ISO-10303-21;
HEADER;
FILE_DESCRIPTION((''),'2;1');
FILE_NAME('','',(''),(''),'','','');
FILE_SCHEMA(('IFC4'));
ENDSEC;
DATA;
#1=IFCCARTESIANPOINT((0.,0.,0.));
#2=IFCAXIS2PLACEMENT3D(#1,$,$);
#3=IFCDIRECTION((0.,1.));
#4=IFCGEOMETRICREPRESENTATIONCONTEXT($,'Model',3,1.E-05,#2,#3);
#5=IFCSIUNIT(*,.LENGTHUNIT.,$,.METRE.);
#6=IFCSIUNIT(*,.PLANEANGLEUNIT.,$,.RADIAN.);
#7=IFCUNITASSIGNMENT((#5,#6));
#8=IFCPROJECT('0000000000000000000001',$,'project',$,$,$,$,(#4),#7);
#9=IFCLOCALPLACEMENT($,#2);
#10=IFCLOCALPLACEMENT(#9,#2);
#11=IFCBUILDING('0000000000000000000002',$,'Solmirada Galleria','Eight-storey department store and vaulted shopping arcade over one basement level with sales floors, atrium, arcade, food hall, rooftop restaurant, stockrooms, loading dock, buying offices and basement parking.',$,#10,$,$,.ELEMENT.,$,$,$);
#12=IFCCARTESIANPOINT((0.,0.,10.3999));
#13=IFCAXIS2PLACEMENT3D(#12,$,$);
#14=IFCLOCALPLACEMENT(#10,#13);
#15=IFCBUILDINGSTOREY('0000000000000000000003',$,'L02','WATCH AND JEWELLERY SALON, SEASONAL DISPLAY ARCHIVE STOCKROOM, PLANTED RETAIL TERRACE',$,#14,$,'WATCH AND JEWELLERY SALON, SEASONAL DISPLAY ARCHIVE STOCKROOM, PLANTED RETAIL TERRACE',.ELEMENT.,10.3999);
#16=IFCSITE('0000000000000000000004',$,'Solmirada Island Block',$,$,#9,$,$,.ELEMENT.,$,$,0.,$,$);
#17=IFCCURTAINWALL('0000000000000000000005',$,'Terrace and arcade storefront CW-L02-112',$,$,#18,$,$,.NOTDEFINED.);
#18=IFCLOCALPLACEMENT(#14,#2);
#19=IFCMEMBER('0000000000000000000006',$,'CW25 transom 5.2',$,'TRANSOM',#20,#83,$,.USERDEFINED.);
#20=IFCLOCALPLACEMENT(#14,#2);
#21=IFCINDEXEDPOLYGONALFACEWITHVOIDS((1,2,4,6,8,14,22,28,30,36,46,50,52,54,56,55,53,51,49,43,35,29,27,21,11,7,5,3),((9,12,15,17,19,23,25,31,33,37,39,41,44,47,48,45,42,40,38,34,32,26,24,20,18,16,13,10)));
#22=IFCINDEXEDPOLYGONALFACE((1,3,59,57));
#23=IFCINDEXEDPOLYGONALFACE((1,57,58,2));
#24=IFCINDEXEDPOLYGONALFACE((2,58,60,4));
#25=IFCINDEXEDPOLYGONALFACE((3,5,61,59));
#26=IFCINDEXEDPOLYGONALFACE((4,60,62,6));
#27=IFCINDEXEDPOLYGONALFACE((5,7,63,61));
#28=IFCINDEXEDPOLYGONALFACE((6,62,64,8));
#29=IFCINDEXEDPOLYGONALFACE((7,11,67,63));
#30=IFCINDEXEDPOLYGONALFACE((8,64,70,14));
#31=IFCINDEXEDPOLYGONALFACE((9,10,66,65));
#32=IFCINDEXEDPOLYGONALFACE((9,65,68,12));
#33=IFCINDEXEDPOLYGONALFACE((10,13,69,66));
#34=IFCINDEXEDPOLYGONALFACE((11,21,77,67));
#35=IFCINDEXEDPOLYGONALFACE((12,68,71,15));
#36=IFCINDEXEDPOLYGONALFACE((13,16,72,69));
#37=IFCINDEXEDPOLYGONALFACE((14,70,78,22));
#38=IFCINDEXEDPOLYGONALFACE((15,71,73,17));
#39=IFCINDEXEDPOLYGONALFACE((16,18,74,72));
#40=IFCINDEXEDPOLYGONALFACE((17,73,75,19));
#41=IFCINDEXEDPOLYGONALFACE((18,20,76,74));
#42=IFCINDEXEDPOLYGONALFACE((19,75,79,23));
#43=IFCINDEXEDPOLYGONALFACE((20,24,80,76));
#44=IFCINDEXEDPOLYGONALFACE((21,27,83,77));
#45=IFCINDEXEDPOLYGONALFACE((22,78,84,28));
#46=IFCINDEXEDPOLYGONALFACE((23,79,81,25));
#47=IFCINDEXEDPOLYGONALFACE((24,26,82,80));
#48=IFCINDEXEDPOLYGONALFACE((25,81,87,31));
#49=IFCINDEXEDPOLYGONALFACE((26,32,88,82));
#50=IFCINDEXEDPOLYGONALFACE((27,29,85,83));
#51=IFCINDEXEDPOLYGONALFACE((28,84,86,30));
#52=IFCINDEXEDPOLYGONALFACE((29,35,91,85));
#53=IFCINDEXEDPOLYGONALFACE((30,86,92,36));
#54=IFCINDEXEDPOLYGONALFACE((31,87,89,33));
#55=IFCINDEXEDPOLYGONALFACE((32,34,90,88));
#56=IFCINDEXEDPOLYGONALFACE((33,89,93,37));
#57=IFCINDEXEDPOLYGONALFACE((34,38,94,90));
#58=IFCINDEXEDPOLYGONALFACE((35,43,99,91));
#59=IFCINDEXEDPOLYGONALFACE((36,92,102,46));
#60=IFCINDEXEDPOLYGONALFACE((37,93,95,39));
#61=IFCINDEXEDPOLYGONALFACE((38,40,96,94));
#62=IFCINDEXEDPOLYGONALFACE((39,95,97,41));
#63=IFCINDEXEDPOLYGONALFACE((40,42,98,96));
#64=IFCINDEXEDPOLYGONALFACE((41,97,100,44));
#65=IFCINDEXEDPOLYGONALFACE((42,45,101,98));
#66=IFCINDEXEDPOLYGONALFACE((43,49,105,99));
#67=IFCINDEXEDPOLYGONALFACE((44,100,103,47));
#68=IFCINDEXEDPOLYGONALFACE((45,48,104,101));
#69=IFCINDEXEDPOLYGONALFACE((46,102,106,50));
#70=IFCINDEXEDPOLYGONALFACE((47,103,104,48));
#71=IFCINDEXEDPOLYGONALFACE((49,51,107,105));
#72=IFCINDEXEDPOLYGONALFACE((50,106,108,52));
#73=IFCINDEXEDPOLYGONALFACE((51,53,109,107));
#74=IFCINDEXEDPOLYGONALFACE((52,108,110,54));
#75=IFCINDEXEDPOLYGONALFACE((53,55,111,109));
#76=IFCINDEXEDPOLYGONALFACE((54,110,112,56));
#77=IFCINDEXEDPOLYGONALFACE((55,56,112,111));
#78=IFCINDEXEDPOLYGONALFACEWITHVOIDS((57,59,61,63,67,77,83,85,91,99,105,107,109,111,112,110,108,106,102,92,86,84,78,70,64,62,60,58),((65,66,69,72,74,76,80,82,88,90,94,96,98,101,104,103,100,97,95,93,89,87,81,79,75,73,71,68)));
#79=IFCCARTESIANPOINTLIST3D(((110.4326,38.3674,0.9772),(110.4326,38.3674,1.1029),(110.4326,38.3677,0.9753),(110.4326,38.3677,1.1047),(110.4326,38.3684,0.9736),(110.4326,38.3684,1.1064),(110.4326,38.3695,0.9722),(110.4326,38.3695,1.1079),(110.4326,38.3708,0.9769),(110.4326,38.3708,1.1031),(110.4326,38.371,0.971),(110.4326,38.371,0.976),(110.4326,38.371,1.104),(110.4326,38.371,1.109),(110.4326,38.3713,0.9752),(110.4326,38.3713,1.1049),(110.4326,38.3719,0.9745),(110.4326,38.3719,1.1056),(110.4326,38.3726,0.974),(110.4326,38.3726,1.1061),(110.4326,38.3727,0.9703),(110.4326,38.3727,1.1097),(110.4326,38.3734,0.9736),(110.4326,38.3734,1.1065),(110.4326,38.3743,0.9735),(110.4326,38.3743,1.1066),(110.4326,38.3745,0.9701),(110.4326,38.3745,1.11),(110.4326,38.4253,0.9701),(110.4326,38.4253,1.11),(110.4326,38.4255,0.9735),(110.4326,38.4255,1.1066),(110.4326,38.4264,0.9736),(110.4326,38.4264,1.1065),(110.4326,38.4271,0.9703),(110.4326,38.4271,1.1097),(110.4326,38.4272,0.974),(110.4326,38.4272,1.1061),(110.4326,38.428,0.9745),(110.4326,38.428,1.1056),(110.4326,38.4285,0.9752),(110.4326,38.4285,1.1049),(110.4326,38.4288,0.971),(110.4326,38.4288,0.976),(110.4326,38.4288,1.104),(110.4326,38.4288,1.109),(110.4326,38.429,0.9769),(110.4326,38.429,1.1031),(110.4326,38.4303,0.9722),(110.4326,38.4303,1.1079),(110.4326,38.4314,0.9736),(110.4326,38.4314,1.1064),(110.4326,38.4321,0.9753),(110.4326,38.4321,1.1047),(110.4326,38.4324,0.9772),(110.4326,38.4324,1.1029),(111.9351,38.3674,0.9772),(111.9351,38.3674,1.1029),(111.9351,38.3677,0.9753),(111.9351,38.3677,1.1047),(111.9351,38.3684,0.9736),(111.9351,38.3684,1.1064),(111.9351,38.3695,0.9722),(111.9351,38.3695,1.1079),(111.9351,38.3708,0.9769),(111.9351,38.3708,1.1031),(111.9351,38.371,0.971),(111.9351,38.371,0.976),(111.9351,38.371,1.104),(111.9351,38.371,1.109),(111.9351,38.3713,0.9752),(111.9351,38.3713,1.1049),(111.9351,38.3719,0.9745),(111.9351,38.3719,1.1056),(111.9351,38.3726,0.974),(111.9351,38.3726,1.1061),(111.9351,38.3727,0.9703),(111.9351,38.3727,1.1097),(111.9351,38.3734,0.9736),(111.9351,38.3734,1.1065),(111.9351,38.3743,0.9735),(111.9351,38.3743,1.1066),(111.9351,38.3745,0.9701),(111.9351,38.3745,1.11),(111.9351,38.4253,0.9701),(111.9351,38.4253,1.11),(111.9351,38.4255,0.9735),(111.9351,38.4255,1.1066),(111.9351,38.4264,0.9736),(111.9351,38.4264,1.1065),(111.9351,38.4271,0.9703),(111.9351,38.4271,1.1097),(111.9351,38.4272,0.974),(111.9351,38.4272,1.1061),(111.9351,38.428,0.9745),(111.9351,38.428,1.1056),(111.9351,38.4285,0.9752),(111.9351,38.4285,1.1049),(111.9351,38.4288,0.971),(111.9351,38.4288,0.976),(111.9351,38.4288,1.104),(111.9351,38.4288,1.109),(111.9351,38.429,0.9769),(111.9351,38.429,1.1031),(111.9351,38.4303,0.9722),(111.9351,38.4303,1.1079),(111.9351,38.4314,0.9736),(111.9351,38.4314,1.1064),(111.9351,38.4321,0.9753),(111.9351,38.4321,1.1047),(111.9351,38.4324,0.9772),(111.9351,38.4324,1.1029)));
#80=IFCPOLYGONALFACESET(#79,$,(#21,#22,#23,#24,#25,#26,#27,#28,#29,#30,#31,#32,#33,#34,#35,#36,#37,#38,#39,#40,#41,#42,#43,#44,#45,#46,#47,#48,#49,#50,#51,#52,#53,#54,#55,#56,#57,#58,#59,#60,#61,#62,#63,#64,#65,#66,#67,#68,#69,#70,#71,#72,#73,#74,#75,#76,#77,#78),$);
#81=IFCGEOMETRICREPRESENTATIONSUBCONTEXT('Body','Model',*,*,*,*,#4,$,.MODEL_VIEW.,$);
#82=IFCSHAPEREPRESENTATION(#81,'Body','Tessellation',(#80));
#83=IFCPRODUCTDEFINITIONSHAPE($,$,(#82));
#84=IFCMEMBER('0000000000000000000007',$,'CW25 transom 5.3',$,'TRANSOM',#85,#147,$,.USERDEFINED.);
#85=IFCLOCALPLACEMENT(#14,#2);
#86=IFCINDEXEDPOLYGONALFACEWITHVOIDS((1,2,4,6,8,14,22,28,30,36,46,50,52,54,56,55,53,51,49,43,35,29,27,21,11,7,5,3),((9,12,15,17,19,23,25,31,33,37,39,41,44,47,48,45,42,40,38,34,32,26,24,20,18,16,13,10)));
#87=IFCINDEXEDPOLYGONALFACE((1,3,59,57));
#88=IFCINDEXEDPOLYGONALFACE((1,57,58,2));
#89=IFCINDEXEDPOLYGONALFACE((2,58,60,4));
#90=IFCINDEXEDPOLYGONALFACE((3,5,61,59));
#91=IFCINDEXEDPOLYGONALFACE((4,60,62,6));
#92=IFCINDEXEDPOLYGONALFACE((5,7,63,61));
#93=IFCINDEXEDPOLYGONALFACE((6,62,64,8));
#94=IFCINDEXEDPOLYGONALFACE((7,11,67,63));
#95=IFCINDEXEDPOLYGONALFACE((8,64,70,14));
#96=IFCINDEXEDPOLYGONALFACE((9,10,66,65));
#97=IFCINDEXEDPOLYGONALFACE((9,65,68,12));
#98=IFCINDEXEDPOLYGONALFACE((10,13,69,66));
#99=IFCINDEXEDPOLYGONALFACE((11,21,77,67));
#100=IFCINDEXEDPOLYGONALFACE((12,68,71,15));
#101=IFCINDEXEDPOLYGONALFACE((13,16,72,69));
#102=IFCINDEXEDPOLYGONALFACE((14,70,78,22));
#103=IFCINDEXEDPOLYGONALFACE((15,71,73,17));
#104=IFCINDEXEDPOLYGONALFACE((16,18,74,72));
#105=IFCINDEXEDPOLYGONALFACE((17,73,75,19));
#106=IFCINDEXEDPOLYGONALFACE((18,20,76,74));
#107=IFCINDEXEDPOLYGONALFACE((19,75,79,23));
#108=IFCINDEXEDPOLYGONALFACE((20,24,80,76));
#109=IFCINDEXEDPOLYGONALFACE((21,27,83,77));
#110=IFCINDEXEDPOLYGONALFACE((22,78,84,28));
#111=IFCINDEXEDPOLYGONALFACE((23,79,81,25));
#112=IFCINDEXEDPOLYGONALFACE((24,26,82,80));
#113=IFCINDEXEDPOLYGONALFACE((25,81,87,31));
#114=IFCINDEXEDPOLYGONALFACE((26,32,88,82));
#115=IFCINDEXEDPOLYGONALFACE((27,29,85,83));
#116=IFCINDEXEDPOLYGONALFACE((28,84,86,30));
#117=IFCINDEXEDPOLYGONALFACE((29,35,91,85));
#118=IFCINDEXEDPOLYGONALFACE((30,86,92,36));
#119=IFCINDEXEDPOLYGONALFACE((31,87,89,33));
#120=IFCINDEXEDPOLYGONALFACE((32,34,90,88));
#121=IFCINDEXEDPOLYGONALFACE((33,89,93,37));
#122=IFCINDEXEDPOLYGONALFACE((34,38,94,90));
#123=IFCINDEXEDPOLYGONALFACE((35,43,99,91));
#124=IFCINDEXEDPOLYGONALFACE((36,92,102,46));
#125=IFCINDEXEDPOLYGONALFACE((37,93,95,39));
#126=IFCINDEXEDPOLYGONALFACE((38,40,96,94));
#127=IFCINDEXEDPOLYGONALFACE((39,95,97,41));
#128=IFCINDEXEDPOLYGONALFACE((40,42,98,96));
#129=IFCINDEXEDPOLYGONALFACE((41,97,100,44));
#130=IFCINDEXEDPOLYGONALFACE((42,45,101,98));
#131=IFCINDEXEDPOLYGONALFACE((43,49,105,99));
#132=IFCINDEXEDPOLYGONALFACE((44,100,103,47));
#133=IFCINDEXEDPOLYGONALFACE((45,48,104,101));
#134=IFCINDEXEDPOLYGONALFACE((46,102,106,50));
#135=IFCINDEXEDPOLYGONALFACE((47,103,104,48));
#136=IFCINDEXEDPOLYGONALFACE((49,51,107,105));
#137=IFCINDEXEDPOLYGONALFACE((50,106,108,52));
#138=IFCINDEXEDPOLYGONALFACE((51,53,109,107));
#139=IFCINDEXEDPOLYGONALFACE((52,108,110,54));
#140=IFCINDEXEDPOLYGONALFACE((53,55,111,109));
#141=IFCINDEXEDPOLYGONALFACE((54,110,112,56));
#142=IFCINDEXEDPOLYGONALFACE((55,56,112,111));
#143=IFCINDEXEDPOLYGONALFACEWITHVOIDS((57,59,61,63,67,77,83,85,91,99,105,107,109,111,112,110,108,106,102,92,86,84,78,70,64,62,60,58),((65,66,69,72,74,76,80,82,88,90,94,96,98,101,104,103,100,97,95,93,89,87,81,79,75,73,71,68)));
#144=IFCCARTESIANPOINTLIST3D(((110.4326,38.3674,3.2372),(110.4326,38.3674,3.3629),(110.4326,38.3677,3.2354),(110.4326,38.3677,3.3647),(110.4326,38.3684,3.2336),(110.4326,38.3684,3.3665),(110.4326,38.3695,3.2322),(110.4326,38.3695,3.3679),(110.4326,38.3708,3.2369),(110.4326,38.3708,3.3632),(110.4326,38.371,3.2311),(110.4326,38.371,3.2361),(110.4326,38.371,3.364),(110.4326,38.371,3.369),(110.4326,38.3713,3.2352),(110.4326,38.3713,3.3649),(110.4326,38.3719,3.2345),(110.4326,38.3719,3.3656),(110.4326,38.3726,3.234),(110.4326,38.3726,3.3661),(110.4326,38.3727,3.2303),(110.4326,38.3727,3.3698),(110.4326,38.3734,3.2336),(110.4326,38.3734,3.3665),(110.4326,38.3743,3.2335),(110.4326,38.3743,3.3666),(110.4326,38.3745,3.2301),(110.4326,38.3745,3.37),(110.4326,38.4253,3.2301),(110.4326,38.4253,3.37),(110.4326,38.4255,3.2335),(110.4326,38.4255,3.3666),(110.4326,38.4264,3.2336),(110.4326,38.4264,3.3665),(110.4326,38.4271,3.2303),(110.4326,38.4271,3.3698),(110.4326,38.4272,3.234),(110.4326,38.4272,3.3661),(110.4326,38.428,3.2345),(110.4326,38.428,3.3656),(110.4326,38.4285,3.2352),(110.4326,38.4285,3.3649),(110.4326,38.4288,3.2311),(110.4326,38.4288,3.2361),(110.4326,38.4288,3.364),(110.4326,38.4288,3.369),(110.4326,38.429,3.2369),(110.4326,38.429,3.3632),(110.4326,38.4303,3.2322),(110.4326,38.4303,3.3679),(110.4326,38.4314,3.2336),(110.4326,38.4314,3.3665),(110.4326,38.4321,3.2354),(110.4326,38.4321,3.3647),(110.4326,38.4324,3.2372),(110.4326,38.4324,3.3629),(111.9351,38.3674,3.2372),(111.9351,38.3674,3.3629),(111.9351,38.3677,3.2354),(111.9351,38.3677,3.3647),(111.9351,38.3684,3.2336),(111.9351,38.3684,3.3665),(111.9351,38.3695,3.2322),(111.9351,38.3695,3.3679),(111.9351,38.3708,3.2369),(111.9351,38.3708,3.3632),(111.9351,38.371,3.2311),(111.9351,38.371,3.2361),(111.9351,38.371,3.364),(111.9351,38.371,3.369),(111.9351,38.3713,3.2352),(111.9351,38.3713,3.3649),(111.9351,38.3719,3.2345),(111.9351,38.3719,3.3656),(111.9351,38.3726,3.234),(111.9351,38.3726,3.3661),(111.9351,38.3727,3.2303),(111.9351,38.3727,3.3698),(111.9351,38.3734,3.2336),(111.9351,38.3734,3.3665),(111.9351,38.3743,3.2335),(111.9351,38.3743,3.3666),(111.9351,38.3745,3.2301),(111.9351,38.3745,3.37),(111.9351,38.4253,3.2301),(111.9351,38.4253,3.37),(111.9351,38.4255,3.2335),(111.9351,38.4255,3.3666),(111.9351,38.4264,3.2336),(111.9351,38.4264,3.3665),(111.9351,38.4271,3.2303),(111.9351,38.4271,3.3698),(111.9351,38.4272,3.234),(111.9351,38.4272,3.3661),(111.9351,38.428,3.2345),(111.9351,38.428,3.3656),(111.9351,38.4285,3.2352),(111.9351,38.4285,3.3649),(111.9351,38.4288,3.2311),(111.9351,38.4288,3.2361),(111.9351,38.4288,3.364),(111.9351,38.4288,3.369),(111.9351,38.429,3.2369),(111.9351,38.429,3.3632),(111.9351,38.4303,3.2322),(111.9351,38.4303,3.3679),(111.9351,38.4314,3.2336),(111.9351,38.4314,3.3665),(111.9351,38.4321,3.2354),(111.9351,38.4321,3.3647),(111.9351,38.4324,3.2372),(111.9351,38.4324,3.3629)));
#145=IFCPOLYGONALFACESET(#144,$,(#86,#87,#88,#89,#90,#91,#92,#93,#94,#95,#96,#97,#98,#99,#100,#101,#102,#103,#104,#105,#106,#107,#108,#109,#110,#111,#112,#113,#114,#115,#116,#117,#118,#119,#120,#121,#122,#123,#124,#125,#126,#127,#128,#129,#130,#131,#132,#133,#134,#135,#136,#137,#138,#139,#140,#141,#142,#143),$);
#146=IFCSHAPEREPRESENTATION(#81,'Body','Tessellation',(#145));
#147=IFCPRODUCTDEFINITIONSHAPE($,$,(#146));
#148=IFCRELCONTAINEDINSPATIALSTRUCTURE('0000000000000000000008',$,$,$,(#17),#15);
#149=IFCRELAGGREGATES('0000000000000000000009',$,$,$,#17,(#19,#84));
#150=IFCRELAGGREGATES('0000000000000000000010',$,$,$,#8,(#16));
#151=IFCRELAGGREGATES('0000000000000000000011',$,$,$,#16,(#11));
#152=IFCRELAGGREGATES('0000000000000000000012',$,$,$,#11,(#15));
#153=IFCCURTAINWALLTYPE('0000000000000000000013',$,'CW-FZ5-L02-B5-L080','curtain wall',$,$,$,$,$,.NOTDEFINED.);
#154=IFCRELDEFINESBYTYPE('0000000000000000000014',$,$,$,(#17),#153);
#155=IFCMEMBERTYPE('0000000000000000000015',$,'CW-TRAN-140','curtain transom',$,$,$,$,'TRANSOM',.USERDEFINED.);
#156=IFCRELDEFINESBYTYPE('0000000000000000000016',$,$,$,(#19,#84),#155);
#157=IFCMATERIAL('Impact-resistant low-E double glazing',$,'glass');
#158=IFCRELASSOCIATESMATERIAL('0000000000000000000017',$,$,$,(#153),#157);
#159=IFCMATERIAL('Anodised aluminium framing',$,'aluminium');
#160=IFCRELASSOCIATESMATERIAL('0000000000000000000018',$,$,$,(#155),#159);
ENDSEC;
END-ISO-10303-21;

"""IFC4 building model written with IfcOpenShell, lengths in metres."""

from ifc_helpers import new_model, si_unit, direction, frame, origin, origin_2d, place, context, subcontext, project, spatial, hollow_rectangle, extrude, material, material_profile, profile_set, type_object, element, aggregate, save


model = new_model("IFC4")

# Units and contexts
model_context = context("Model", 3, precision=1e-05, world=origin(), true_north=direction((0.0, 1.0)))
body_context = subcontext(model_context, "Body", "Model", "MODEL_VIEW")
ifc_project = project(units=[si_unit("LENGTHUNIT", "METRE"), si_unit("PLANEANGLEUNIT", "RADIAN")], contexts=[model_context])

# Site, building, storey
site_placement = place(None, origin())
site = spatial("IfcSite", under=ifc_project, at=site_placement, Name="Solmirada Island Block", CompositionType="ELEMENT", RefElevation=0.0)
building_placement = place(site_placement, origin())
building = spatial("IfcBuilding", under=site, at=building_placement, Name="Solmirada Galleria", Description="Eight-storey department store and vaulted shopping arcade over one basement level with sales floors, atrium, arcade, food hall, rooftop restaurant, stockrooms, loading dock, buying offices and basement parking.", CompositionType="ELEMENT")
storey_placement = place(building_placement, frame((0.0, 0.0, 10.3999)))
storey = spatial("IfcBuildingStorey", under=building, at=storey_placement, Name="L02", Description="WATCH AND JEWELLERY SALON, SEASONAL DISPLAY ARCHIVE STOCKROOM, PLANTED RETAIL TERRACE", LongName="WATCH AND JEWELLERY SALON, SEASONAL DISPLAY ARCHIVE STOCKROOM, PLANTED RETAIL TERRACE", CompositionType="ELEMENT", Elevation=10.3999)

# Curtain wall
ifc_material_1 = material(Name="Impact-resistant low-E double glazing", Category="glass")
curtain_wall_type = type_object("IfcCurtainWallType", Name="CW-FZ5-L02-B5-L080", Description="curtain wall", PredefinedType="NOTDEFINED", material=ifc_material_1)
curtain_wall_1_placement = place(storey_placement, origin())
curtain_wall_1 = element("IfcCurtainWall", 1, at=curtain_wall_1_placement, inside=storey, type_object=curtain_wall_type, Name="Terrace and arcade storefront CW-L02-112", PredefinedType="NOTDEFINED")
ifc_material_2 = material(Name="Anodised aluminium framing", Category="aluminium")

# Members
ifc_material_profile_1 = material_profile(ifc_material_2, hollow_rectangle(XDim=0.0649, YDim=0.1399, WallThickness=0.0034, InnerFilletRadius=0.0034, OuterFilletRadius=0.0071, at=origin_2d()), Name="ALU-TRAN-140X65")
ifc_profile_set_1 = profile_set([ifc_material_profile_1], Name="Anodised aluminium framing")
member_type_1 = type_object("IfcMemberType", Name="CW-TRAN-140", Description="curtain transom", ElementType="TRANSOM", PredefinedType="USERDEFINED", material=ifc_profile_set_1)
member_1_placement = place(storey_placement, frame((110.4326, 38.3999, 1.04), z_axis=(1.0, 0.0, 0.0), x_axis=(0.0, 1.0, 0.0)))
member_1 = element("IfcMember", 2, at=member_1_placement, type_object=member_type_1, Name="CW25 transom 5.2", ObjectType="TRANSOM", PredefinedType="USERDEFINED", context=body_context, shape_type="SweptSolid", body=[
    extrude(hollow_rectangle(XDim=0.0649, YDim=0.1399, WallThickness=0.0034, InnerFilletRadius=0.0034, OuterFilletRadius=0.0071, at=origin_2d()), origin(), (0.0, 0.0, 1.0), 1.5024),
])
member_2_placement = place(storey_placement, frame((110.4326, 38.3999, 3.3), z_axis=(1.0, 0.0, 0.0), x_axis=(0.0, 1.0, 0.0)))
member_2 = element("IfcMember", 3, at=member_2_placement, type_object=member_type_1, Name="CW25 transom 5.3", ObjectType="TRANSOM", PredefinedType="USERDEFINED", context=body_context, shape_type="SweptSolid", body=[
    extrude(hollow_rectangle(XDim=0.0649, YDim=0.1399, WallThickness=0.0034, InnerFilletRadius=0.0034, OuterFilletRadius=0.0071, at=origin_2d()), origin(), (0.0, 0.0, 1.0), 1.5024),
])

aggregate(curtain_wall_1, [member_1, member_2])

save(model, "model.ifc")
